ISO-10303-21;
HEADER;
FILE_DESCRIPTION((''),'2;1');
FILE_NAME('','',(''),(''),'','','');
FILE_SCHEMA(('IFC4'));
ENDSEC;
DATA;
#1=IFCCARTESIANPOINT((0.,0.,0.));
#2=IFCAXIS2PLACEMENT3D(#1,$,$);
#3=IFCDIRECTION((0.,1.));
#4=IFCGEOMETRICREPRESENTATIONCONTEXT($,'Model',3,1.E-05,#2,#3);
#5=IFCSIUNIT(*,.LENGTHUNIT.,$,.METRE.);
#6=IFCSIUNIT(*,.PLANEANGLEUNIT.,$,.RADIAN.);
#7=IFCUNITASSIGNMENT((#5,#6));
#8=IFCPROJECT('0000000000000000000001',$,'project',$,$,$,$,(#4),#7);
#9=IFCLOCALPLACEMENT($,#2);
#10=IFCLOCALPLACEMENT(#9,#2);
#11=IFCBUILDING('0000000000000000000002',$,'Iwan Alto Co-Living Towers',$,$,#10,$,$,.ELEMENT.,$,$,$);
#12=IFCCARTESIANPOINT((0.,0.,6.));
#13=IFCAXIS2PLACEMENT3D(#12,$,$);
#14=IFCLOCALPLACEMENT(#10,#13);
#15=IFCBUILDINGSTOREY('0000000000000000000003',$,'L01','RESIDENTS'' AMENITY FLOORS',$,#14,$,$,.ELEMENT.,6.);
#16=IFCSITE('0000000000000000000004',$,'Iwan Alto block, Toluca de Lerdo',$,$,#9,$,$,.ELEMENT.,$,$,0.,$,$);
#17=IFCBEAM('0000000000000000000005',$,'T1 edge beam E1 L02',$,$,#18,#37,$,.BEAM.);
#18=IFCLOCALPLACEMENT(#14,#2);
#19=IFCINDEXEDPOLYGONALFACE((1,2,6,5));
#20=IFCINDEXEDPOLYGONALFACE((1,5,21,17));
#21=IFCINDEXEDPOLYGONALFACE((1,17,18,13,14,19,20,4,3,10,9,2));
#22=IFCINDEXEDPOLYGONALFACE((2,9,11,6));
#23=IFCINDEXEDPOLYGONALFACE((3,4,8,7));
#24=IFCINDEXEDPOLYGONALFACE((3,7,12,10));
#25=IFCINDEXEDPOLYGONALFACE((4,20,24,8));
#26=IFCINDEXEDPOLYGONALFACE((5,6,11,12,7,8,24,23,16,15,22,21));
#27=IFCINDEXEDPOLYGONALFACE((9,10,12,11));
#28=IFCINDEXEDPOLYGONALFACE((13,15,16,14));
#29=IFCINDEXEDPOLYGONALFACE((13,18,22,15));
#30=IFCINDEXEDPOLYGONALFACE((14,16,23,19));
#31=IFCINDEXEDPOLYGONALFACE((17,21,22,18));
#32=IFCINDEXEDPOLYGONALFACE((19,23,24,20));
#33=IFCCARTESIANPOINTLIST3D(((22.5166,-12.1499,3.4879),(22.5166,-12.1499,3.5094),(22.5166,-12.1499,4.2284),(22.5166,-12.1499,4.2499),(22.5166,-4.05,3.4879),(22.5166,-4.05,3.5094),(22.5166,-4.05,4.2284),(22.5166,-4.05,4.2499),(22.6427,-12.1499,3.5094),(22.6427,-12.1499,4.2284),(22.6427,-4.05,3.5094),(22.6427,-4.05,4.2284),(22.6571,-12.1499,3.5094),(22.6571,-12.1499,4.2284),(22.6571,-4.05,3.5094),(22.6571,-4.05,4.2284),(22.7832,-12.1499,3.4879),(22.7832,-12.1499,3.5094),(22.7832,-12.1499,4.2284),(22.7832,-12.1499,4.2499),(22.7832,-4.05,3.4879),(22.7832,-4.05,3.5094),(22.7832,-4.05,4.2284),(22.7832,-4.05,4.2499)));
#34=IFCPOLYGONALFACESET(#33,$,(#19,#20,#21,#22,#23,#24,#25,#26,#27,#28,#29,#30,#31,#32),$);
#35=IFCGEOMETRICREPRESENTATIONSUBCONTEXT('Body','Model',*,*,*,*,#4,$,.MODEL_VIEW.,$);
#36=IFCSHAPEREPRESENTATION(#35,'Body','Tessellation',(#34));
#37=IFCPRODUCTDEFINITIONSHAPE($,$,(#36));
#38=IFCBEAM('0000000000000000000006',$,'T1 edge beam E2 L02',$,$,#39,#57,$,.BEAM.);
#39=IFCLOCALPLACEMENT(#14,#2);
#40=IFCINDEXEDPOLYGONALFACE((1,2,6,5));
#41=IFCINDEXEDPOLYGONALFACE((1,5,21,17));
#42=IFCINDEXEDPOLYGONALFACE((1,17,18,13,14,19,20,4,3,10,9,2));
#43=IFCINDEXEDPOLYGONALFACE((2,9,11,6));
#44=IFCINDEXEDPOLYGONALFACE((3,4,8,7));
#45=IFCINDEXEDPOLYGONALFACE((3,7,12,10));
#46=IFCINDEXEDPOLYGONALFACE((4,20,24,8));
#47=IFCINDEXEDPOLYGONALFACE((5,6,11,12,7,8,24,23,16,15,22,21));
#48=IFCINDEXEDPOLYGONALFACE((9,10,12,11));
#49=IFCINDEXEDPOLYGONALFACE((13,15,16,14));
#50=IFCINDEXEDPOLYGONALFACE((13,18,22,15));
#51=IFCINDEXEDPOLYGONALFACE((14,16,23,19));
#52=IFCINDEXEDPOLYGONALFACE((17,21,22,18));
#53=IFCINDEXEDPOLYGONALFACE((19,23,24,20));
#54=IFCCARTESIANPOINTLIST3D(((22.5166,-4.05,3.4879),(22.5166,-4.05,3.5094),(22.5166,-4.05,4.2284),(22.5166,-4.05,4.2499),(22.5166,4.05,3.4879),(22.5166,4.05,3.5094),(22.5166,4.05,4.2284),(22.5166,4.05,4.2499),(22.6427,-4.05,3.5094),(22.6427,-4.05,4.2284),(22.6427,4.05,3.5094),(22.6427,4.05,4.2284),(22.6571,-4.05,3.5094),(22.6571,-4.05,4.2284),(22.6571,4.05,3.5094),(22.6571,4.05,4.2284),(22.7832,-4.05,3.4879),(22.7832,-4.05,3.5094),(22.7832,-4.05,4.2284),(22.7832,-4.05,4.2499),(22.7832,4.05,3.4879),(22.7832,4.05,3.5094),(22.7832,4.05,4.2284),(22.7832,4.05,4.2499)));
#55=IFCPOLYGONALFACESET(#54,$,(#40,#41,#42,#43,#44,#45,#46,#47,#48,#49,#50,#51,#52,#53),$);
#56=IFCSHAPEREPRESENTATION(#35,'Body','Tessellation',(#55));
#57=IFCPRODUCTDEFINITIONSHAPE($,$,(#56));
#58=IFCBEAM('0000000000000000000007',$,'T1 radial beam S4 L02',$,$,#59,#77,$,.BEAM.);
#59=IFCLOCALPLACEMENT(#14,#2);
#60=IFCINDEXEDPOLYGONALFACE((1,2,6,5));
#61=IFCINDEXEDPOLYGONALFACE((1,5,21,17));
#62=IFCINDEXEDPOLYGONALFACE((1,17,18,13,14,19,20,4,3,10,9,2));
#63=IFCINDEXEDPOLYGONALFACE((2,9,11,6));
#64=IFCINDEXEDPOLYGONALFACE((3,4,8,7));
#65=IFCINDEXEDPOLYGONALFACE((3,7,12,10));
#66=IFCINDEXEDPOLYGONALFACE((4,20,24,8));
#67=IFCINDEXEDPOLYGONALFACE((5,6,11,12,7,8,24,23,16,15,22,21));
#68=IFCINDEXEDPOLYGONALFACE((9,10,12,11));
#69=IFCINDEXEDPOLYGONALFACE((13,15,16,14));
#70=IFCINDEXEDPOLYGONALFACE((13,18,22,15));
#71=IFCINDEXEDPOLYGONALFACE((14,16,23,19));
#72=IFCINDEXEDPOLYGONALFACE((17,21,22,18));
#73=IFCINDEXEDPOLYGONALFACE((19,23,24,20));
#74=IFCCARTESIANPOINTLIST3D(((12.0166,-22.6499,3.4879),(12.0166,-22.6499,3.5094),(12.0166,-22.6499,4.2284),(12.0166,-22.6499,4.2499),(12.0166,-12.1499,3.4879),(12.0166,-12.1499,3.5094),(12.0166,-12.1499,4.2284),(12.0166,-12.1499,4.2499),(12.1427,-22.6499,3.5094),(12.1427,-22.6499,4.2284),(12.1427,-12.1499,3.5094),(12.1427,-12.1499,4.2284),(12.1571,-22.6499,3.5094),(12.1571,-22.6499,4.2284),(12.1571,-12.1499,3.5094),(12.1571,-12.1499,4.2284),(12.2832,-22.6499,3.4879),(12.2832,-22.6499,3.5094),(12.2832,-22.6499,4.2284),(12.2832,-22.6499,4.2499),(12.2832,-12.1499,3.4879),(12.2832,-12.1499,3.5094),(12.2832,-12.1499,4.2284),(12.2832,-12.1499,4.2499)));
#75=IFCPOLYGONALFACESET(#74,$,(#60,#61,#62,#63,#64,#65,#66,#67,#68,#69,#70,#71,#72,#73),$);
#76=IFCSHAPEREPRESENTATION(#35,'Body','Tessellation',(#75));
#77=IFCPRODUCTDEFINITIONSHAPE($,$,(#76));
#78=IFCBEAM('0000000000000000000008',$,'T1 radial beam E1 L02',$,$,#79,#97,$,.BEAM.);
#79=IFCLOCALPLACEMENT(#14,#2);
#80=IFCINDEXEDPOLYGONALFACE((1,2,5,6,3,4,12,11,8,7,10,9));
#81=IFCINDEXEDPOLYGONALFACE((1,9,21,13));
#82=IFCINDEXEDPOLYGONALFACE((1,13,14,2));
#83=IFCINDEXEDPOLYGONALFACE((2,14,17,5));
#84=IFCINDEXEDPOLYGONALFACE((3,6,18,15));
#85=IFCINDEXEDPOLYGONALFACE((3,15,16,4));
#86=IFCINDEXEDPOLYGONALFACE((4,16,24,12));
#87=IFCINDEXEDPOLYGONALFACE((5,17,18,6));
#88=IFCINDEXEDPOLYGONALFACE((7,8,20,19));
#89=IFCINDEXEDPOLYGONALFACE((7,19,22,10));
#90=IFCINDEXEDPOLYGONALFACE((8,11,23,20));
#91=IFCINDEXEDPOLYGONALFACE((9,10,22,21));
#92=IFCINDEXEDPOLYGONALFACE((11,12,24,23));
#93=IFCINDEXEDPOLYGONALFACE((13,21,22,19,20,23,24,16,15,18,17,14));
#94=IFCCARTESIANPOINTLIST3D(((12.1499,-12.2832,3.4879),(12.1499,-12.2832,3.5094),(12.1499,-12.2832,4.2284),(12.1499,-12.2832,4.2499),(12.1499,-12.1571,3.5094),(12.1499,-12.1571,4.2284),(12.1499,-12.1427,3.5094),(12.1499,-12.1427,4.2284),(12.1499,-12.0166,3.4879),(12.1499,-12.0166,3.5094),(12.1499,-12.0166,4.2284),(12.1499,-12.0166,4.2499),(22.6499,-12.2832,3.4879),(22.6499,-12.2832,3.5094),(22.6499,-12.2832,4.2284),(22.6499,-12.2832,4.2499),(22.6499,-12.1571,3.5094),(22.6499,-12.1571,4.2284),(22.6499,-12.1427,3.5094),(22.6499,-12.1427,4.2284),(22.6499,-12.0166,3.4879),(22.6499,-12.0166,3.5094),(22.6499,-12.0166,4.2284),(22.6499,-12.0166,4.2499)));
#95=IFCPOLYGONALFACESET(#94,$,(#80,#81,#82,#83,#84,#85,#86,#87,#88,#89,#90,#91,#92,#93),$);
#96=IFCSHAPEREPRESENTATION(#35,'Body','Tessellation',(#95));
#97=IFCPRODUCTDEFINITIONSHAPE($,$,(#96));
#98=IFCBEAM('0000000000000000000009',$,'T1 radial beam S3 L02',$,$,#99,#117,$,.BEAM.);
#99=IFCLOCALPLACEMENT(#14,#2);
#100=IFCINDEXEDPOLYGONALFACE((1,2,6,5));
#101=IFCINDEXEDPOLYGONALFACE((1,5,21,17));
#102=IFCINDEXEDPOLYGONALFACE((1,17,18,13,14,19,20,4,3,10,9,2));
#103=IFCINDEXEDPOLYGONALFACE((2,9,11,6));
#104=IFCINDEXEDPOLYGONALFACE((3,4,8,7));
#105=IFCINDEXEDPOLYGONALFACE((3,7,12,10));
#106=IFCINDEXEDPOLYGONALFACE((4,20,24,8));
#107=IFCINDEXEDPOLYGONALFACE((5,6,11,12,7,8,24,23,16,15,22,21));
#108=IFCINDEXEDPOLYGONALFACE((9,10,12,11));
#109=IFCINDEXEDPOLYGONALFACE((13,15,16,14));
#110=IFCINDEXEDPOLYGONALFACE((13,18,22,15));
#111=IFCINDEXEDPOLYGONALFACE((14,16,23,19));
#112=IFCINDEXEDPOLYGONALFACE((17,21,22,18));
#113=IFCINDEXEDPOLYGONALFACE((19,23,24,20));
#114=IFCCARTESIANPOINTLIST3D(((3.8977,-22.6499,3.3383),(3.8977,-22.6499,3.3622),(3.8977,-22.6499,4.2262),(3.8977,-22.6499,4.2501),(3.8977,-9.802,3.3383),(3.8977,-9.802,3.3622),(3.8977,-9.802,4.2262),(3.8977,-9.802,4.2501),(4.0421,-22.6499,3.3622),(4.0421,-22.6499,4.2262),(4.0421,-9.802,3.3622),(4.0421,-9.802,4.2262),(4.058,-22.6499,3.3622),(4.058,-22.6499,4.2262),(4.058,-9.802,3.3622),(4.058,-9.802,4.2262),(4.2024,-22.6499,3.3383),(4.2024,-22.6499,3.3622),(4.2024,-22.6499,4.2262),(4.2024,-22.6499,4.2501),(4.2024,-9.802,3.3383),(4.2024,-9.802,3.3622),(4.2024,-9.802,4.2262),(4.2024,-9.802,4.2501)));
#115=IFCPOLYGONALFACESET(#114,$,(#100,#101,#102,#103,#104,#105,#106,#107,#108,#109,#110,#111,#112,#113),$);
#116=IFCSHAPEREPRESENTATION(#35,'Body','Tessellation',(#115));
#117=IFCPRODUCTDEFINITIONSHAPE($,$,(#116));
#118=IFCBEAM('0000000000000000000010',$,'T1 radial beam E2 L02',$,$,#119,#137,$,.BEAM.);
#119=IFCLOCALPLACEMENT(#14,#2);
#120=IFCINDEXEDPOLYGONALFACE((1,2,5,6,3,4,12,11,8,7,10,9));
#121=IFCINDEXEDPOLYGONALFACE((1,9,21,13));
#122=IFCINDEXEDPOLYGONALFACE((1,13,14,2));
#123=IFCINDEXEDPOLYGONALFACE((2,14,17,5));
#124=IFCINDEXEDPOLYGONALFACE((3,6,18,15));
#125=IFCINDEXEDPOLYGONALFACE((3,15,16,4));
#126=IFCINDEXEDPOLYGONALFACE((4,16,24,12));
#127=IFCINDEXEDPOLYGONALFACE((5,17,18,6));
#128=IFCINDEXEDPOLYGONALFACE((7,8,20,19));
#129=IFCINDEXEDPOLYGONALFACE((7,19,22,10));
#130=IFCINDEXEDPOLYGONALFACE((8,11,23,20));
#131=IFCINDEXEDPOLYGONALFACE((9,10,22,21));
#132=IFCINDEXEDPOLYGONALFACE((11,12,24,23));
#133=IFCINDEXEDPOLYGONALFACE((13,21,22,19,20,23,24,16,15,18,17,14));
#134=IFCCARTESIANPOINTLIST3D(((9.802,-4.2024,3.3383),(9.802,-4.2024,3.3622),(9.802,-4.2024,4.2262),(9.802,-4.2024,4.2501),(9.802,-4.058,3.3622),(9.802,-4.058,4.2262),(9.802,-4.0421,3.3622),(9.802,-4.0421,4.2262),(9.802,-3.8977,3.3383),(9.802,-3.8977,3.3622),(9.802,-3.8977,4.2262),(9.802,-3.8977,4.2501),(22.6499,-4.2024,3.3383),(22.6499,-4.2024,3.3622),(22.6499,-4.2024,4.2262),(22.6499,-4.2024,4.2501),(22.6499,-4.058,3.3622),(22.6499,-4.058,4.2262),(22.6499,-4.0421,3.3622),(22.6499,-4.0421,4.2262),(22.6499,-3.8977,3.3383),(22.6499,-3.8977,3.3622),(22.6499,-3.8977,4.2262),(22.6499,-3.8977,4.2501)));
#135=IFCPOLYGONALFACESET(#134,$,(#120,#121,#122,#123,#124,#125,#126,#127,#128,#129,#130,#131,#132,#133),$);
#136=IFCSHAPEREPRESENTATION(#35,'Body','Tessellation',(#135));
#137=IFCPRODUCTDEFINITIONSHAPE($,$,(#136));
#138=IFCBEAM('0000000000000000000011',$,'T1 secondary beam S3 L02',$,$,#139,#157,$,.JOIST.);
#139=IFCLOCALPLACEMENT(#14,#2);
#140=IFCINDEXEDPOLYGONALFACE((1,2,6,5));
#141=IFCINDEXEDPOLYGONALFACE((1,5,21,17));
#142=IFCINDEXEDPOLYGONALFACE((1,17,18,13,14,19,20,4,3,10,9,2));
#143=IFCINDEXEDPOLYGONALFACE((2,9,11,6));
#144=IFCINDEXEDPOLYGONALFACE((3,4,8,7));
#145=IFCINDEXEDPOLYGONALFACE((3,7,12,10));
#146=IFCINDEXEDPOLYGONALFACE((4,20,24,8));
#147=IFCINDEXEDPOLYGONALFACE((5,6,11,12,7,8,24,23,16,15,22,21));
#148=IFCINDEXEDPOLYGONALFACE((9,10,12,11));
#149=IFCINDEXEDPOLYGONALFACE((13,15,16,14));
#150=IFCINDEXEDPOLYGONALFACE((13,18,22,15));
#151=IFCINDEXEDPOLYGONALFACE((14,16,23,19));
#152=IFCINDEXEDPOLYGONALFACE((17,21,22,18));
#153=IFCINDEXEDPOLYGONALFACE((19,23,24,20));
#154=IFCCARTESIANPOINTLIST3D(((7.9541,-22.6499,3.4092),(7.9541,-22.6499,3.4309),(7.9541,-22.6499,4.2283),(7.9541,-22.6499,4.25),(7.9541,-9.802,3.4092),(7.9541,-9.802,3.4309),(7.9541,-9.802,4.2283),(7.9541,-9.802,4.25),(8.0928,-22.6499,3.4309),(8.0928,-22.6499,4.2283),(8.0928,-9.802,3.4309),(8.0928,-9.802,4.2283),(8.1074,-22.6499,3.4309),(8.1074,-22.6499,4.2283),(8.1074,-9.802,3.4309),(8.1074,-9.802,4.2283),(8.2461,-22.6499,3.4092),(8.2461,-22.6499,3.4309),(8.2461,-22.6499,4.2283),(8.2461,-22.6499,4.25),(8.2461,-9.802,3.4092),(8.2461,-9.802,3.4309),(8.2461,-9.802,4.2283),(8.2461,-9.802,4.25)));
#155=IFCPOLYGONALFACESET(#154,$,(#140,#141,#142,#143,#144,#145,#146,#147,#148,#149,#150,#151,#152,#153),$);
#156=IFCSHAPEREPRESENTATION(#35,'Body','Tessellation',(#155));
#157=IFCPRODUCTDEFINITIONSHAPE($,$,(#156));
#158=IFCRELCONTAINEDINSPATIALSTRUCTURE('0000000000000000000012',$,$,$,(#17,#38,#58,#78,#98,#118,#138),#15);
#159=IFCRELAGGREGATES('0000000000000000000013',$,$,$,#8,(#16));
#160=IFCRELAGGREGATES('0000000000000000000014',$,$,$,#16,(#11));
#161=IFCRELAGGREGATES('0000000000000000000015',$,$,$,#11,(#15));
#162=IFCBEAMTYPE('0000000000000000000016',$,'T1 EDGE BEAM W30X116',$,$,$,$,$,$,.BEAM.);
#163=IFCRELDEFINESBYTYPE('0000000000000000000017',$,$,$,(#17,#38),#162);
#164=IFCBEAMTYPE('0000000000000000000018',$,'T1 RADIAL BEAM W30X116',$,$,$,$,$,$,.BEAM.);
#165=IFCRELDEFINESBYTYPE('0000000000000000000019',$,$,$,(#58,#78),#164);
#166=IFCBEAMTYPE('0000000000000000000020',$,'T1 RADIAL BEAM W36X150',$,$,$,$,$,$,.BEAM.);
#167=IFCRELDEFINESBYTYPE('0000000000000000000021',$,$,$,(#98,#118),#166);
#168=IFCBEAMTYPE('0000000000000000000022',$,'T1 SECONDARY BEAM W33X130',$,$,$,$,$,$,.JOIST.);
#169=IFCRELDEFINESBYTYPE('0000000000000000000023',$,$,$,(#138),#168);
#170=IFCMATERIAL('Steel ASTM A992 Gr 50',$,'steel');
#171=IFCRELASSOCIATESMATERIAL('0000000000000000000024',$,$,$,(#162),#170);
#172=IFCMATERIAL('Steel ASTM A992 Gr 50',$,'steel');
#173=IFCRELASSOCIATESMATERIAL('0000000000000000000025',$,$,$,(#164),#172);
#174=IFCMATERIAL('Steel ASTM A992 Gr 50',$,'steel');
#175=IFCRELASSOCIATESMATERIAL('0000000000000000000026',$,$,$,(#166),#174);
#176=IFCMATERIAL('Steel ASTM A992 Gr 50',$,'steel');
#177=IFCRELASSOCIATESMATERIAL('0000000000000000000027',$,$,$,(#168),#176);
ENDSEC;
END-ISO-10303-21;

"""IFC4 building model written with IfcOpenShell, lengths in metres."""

from ifc_helpers import new_model, si_unit, direction, frame, origin, origin_2d, place, context, subcontext, project, spatial, i_section, extrude, material, material_profile, profile_set, type_object, element, save


model = new_model("IFC4")

# Units and contexts
model_context = context("Model", 3, precision=1e-05, world=origin(), true_north=direction((0.0, 1.0)))
body_context = subcontext(model_context, "Body", "Model", "MODEL_VIEW")
ifc_project = project(units=[si_unit("LENGTHUNIT", "METRE"), si_unit("PLANEANGLEUNIT", "RADIAN")], contexts=[model_context])

# Site, building, storey
site_placement = place(None, origin())
site = spatial("IfcSite", under=ifc_project, at=site_placement, Name="Iwan Alto block, Toluca de Lerdo", CompositionType="ELEMENT", RefElevation=0.0)
building_placement = place(site_placement, origin())
building = spatial("IfcBuilding", under=site, at=building_placement, Name="Iwan Alto Co-Living Towers", CompositionType="ELEMENT")
storey_placement = place(building_placement, frame((0.0, 0.0, 6.0)))
storey = spatial("IfcBuildingStorey", under=building, at=storey_placement, Name="L01", Description="RESIDENTS' AMENITY FLOORS", CompositionType="ELEMENT", Elevation=6.0)

# Beams
ifc_material_1 = material(Name="Steel ASTM A992 Gr 50", Category="steel")
ifc_material_profile_1 = material_profile(ifc_material_1, i_section(OverallWidth=0.2666, OverallDepth=0.762, WebThickness=0.0144, FlangeThickness=0.0215, at=origin_2d()), Name="W30X116")
ifc_profile_set_1 = profile_set([ifc_material_profile_1], Name="Steel ASTM A992 Gr 50")
beam_type_1 = type_object("IfcBeamType", Name="T1 EDGE BEAM W30X116", PredefinedType="BEAM", material=ifc_profile_set_1)
beam_1_placement = place(storey_placement, frame((22.6499, -12.1499, 3.8689), z_axis=(0.0, 1.0, 0.0), x_axis=(-1.0, 0.0, 0.0)))
element("IfcBeam", 1, at=beam_1_placement, inside=storey, type_object=beam_type_1, Name="T1 edge beam E1 L02", PredefinedType="BEAM", context=body_context, shape_type="SweptSolid", body=[
    extrude(i_section(OverallWidth=0.2666, OverallDepth=0.762, WebThickness=0.0144, FlangeThickness=0.0215, at=origin_2d()), origin(), (0.0, 0.0, 1.0), 8.0999),
])
beam_2_placement = place(storey_placement, frame((22.6499, -4.05, 3.8689), z_axis=(0.0, 1.0, 0.0), x_axis=(-1.0, 0.0, 0.0)))
element("IfcBeam", 2, at=beam_2_placement, inside=storey, type_object=beam_type_1, Name="T1 edge beam E2 L02", PredefinedType="BEAM", context=body_context, shape_type="SweptSolid", body=[
    extrude(i_section(OverallWidth=0.2666, OverallDepth=0.762, WebThickness=0.0144, FlangeThickness=0.0215, at=origin_2d()), origin(), (0.0, 0.0, 1.0), 8.1001),
])
ifc_material_2 = material(Name="Steel ASTM A992 Gr 50", Category="steel")
ifc_material_profile_2 = material_profile(ifc_material_2, i_section(OverallWidth=0.2666, OverallDepth=0.762, WebThickness=0.0144, FlangeThickness=0.0215, at=origin_2d()), Name="W30X116")
ifc_profile_set_2 = profile_set([ifc_material_profile_2], Name="Steel ASTM A992 Gr 50")
beam_type_2 = type_object("IfcBeamType", Name="T1 RADIAL BEAM W30X116", PredefinedType="BEAM", material=ifc_profile_set_2)
for number, where, z_axis, x_axis, name in (
    (3, (12.1499, -22.6499, 3.8689), (0.0, 1.0, 0.0), (-1.0, 0.0, 0.0), "T1 radial beam S4 L02"),
    (4, (22.6499, -12.1499, 3.8689), (-1.0, 0.0, 0.0), (0.0, -1.0, 0.0), "T1 radial beam E1 L02"),
):
    element("IfcBeam", number, at=place(storey_placement, frame(where, z_axis=z_axis, x_axis=x_axis)), inside=storey, type_object=beam_type_2, Name=name, PredefinedType="BEAM", context=body_context, shape_type="SweptSolid", body=[
        extrude(i_section(OverallWidth=0.2666, OverallDepth=0.762, WebThickness=0.0144, FlangeThickness=0.0215, at=origin_2d()), origin(), (0.0, 0.0, 1.0), 10.5),
    ])
ifc_material_3 = material(Name="Steel ASTM A992 Gr 50", Category="steel")
ifc_material_profile_3 = material_profile(ifc_material_3, i_section(OverallWidth=0.3047, OverallDepth=0.9119, WebThickness=0.0159, FlangeThickness=0.0239, at=origin_2d()), Name="W36X150")
ifc_profile_set_3 = profile_set([ifc_material_profile_3], Name="Steel ASTM A992 Gr 50")
beam_type_3 = type_object("IfcBeamType", Name="T1 RADIAL BEAM W36X150", PredefinedType="BEAM", material=ifc_profile_set_3)
for number, where, z_axis, x_axis, name in (
    (5, (4.05, -22.6499, 3.7942), (0.0, 1.0, 0.0), (-1.0, 0.0, 0.0), "T1 radial beam S3 L02"),
    (6, (22.6499, -4.05, 3.7942), (-1.0, 0.0, 0.0), (0.0, -1.0, 0.0), "T1 radial beam E2 L02"),
):
    element("IfcBeam", number, at=place(storey_placement, frame(where, z_axis=z_axis, x_axis=x_axis)), inside=storey, type_object=beam_type_3, Name=name, PredefinedType="BEAM", context=body_context, shape_type="SweptSolid", body=[
        extrude(i_section(OverallWidth=0.3047, OverallDepth=0.9119, WebThickness=0.0159, FlangeThickness=0.0239, at=origin_2d()), origin(), (0.0, 0.0, 1.0), 12.8479),
    ])
ifc_material_4 = material(Name="Steel ASTM A992 Gr 50", Category="steel")
ifc_material_profile_4 = material_profile(ifc_material_4, i_section(OverallWidth=0.292, OverallDepth=0.8408, WebThickness=0.0146, FlangeThickness=0.0217, at=origin_2d()), Name="W33X130")
ifc_profile_set_4 = profile_set([ifc_material_profile_4], Name="Steel ASTM A992 Gr 50")
beam_type_4 = type_object("IfcBeamType", Name="T1 SECONDARY BEAM W33X130", PredefinedType="JOIST", material=ifc_profile_set_4)
beam_3_placement = place(storey_placement, frame((8.1001, -22.6499, 3.8296), z_axis=(0.0, 1.0, 0.0), x_axis=(-1.0, 0.0, 0.0)))
element("IfcBeam", 7, at=beam_3_placement, inside=storey, type_object=beam_type_4, Name="T1 secondary beam S3 L02", PredefinedType="JOIST", context=body_context, shape_type="SweptSolid", body=[
    extrude(i_section(OverallWidth=0.292, OverallDepth=0.8408, WebThickness=0.0146, FlangeThickness=0.0217, at=origin_2d()), origin(), (0.0, 0.0, 1.0), 12.8479),
])

save(model, "model.ifc")
